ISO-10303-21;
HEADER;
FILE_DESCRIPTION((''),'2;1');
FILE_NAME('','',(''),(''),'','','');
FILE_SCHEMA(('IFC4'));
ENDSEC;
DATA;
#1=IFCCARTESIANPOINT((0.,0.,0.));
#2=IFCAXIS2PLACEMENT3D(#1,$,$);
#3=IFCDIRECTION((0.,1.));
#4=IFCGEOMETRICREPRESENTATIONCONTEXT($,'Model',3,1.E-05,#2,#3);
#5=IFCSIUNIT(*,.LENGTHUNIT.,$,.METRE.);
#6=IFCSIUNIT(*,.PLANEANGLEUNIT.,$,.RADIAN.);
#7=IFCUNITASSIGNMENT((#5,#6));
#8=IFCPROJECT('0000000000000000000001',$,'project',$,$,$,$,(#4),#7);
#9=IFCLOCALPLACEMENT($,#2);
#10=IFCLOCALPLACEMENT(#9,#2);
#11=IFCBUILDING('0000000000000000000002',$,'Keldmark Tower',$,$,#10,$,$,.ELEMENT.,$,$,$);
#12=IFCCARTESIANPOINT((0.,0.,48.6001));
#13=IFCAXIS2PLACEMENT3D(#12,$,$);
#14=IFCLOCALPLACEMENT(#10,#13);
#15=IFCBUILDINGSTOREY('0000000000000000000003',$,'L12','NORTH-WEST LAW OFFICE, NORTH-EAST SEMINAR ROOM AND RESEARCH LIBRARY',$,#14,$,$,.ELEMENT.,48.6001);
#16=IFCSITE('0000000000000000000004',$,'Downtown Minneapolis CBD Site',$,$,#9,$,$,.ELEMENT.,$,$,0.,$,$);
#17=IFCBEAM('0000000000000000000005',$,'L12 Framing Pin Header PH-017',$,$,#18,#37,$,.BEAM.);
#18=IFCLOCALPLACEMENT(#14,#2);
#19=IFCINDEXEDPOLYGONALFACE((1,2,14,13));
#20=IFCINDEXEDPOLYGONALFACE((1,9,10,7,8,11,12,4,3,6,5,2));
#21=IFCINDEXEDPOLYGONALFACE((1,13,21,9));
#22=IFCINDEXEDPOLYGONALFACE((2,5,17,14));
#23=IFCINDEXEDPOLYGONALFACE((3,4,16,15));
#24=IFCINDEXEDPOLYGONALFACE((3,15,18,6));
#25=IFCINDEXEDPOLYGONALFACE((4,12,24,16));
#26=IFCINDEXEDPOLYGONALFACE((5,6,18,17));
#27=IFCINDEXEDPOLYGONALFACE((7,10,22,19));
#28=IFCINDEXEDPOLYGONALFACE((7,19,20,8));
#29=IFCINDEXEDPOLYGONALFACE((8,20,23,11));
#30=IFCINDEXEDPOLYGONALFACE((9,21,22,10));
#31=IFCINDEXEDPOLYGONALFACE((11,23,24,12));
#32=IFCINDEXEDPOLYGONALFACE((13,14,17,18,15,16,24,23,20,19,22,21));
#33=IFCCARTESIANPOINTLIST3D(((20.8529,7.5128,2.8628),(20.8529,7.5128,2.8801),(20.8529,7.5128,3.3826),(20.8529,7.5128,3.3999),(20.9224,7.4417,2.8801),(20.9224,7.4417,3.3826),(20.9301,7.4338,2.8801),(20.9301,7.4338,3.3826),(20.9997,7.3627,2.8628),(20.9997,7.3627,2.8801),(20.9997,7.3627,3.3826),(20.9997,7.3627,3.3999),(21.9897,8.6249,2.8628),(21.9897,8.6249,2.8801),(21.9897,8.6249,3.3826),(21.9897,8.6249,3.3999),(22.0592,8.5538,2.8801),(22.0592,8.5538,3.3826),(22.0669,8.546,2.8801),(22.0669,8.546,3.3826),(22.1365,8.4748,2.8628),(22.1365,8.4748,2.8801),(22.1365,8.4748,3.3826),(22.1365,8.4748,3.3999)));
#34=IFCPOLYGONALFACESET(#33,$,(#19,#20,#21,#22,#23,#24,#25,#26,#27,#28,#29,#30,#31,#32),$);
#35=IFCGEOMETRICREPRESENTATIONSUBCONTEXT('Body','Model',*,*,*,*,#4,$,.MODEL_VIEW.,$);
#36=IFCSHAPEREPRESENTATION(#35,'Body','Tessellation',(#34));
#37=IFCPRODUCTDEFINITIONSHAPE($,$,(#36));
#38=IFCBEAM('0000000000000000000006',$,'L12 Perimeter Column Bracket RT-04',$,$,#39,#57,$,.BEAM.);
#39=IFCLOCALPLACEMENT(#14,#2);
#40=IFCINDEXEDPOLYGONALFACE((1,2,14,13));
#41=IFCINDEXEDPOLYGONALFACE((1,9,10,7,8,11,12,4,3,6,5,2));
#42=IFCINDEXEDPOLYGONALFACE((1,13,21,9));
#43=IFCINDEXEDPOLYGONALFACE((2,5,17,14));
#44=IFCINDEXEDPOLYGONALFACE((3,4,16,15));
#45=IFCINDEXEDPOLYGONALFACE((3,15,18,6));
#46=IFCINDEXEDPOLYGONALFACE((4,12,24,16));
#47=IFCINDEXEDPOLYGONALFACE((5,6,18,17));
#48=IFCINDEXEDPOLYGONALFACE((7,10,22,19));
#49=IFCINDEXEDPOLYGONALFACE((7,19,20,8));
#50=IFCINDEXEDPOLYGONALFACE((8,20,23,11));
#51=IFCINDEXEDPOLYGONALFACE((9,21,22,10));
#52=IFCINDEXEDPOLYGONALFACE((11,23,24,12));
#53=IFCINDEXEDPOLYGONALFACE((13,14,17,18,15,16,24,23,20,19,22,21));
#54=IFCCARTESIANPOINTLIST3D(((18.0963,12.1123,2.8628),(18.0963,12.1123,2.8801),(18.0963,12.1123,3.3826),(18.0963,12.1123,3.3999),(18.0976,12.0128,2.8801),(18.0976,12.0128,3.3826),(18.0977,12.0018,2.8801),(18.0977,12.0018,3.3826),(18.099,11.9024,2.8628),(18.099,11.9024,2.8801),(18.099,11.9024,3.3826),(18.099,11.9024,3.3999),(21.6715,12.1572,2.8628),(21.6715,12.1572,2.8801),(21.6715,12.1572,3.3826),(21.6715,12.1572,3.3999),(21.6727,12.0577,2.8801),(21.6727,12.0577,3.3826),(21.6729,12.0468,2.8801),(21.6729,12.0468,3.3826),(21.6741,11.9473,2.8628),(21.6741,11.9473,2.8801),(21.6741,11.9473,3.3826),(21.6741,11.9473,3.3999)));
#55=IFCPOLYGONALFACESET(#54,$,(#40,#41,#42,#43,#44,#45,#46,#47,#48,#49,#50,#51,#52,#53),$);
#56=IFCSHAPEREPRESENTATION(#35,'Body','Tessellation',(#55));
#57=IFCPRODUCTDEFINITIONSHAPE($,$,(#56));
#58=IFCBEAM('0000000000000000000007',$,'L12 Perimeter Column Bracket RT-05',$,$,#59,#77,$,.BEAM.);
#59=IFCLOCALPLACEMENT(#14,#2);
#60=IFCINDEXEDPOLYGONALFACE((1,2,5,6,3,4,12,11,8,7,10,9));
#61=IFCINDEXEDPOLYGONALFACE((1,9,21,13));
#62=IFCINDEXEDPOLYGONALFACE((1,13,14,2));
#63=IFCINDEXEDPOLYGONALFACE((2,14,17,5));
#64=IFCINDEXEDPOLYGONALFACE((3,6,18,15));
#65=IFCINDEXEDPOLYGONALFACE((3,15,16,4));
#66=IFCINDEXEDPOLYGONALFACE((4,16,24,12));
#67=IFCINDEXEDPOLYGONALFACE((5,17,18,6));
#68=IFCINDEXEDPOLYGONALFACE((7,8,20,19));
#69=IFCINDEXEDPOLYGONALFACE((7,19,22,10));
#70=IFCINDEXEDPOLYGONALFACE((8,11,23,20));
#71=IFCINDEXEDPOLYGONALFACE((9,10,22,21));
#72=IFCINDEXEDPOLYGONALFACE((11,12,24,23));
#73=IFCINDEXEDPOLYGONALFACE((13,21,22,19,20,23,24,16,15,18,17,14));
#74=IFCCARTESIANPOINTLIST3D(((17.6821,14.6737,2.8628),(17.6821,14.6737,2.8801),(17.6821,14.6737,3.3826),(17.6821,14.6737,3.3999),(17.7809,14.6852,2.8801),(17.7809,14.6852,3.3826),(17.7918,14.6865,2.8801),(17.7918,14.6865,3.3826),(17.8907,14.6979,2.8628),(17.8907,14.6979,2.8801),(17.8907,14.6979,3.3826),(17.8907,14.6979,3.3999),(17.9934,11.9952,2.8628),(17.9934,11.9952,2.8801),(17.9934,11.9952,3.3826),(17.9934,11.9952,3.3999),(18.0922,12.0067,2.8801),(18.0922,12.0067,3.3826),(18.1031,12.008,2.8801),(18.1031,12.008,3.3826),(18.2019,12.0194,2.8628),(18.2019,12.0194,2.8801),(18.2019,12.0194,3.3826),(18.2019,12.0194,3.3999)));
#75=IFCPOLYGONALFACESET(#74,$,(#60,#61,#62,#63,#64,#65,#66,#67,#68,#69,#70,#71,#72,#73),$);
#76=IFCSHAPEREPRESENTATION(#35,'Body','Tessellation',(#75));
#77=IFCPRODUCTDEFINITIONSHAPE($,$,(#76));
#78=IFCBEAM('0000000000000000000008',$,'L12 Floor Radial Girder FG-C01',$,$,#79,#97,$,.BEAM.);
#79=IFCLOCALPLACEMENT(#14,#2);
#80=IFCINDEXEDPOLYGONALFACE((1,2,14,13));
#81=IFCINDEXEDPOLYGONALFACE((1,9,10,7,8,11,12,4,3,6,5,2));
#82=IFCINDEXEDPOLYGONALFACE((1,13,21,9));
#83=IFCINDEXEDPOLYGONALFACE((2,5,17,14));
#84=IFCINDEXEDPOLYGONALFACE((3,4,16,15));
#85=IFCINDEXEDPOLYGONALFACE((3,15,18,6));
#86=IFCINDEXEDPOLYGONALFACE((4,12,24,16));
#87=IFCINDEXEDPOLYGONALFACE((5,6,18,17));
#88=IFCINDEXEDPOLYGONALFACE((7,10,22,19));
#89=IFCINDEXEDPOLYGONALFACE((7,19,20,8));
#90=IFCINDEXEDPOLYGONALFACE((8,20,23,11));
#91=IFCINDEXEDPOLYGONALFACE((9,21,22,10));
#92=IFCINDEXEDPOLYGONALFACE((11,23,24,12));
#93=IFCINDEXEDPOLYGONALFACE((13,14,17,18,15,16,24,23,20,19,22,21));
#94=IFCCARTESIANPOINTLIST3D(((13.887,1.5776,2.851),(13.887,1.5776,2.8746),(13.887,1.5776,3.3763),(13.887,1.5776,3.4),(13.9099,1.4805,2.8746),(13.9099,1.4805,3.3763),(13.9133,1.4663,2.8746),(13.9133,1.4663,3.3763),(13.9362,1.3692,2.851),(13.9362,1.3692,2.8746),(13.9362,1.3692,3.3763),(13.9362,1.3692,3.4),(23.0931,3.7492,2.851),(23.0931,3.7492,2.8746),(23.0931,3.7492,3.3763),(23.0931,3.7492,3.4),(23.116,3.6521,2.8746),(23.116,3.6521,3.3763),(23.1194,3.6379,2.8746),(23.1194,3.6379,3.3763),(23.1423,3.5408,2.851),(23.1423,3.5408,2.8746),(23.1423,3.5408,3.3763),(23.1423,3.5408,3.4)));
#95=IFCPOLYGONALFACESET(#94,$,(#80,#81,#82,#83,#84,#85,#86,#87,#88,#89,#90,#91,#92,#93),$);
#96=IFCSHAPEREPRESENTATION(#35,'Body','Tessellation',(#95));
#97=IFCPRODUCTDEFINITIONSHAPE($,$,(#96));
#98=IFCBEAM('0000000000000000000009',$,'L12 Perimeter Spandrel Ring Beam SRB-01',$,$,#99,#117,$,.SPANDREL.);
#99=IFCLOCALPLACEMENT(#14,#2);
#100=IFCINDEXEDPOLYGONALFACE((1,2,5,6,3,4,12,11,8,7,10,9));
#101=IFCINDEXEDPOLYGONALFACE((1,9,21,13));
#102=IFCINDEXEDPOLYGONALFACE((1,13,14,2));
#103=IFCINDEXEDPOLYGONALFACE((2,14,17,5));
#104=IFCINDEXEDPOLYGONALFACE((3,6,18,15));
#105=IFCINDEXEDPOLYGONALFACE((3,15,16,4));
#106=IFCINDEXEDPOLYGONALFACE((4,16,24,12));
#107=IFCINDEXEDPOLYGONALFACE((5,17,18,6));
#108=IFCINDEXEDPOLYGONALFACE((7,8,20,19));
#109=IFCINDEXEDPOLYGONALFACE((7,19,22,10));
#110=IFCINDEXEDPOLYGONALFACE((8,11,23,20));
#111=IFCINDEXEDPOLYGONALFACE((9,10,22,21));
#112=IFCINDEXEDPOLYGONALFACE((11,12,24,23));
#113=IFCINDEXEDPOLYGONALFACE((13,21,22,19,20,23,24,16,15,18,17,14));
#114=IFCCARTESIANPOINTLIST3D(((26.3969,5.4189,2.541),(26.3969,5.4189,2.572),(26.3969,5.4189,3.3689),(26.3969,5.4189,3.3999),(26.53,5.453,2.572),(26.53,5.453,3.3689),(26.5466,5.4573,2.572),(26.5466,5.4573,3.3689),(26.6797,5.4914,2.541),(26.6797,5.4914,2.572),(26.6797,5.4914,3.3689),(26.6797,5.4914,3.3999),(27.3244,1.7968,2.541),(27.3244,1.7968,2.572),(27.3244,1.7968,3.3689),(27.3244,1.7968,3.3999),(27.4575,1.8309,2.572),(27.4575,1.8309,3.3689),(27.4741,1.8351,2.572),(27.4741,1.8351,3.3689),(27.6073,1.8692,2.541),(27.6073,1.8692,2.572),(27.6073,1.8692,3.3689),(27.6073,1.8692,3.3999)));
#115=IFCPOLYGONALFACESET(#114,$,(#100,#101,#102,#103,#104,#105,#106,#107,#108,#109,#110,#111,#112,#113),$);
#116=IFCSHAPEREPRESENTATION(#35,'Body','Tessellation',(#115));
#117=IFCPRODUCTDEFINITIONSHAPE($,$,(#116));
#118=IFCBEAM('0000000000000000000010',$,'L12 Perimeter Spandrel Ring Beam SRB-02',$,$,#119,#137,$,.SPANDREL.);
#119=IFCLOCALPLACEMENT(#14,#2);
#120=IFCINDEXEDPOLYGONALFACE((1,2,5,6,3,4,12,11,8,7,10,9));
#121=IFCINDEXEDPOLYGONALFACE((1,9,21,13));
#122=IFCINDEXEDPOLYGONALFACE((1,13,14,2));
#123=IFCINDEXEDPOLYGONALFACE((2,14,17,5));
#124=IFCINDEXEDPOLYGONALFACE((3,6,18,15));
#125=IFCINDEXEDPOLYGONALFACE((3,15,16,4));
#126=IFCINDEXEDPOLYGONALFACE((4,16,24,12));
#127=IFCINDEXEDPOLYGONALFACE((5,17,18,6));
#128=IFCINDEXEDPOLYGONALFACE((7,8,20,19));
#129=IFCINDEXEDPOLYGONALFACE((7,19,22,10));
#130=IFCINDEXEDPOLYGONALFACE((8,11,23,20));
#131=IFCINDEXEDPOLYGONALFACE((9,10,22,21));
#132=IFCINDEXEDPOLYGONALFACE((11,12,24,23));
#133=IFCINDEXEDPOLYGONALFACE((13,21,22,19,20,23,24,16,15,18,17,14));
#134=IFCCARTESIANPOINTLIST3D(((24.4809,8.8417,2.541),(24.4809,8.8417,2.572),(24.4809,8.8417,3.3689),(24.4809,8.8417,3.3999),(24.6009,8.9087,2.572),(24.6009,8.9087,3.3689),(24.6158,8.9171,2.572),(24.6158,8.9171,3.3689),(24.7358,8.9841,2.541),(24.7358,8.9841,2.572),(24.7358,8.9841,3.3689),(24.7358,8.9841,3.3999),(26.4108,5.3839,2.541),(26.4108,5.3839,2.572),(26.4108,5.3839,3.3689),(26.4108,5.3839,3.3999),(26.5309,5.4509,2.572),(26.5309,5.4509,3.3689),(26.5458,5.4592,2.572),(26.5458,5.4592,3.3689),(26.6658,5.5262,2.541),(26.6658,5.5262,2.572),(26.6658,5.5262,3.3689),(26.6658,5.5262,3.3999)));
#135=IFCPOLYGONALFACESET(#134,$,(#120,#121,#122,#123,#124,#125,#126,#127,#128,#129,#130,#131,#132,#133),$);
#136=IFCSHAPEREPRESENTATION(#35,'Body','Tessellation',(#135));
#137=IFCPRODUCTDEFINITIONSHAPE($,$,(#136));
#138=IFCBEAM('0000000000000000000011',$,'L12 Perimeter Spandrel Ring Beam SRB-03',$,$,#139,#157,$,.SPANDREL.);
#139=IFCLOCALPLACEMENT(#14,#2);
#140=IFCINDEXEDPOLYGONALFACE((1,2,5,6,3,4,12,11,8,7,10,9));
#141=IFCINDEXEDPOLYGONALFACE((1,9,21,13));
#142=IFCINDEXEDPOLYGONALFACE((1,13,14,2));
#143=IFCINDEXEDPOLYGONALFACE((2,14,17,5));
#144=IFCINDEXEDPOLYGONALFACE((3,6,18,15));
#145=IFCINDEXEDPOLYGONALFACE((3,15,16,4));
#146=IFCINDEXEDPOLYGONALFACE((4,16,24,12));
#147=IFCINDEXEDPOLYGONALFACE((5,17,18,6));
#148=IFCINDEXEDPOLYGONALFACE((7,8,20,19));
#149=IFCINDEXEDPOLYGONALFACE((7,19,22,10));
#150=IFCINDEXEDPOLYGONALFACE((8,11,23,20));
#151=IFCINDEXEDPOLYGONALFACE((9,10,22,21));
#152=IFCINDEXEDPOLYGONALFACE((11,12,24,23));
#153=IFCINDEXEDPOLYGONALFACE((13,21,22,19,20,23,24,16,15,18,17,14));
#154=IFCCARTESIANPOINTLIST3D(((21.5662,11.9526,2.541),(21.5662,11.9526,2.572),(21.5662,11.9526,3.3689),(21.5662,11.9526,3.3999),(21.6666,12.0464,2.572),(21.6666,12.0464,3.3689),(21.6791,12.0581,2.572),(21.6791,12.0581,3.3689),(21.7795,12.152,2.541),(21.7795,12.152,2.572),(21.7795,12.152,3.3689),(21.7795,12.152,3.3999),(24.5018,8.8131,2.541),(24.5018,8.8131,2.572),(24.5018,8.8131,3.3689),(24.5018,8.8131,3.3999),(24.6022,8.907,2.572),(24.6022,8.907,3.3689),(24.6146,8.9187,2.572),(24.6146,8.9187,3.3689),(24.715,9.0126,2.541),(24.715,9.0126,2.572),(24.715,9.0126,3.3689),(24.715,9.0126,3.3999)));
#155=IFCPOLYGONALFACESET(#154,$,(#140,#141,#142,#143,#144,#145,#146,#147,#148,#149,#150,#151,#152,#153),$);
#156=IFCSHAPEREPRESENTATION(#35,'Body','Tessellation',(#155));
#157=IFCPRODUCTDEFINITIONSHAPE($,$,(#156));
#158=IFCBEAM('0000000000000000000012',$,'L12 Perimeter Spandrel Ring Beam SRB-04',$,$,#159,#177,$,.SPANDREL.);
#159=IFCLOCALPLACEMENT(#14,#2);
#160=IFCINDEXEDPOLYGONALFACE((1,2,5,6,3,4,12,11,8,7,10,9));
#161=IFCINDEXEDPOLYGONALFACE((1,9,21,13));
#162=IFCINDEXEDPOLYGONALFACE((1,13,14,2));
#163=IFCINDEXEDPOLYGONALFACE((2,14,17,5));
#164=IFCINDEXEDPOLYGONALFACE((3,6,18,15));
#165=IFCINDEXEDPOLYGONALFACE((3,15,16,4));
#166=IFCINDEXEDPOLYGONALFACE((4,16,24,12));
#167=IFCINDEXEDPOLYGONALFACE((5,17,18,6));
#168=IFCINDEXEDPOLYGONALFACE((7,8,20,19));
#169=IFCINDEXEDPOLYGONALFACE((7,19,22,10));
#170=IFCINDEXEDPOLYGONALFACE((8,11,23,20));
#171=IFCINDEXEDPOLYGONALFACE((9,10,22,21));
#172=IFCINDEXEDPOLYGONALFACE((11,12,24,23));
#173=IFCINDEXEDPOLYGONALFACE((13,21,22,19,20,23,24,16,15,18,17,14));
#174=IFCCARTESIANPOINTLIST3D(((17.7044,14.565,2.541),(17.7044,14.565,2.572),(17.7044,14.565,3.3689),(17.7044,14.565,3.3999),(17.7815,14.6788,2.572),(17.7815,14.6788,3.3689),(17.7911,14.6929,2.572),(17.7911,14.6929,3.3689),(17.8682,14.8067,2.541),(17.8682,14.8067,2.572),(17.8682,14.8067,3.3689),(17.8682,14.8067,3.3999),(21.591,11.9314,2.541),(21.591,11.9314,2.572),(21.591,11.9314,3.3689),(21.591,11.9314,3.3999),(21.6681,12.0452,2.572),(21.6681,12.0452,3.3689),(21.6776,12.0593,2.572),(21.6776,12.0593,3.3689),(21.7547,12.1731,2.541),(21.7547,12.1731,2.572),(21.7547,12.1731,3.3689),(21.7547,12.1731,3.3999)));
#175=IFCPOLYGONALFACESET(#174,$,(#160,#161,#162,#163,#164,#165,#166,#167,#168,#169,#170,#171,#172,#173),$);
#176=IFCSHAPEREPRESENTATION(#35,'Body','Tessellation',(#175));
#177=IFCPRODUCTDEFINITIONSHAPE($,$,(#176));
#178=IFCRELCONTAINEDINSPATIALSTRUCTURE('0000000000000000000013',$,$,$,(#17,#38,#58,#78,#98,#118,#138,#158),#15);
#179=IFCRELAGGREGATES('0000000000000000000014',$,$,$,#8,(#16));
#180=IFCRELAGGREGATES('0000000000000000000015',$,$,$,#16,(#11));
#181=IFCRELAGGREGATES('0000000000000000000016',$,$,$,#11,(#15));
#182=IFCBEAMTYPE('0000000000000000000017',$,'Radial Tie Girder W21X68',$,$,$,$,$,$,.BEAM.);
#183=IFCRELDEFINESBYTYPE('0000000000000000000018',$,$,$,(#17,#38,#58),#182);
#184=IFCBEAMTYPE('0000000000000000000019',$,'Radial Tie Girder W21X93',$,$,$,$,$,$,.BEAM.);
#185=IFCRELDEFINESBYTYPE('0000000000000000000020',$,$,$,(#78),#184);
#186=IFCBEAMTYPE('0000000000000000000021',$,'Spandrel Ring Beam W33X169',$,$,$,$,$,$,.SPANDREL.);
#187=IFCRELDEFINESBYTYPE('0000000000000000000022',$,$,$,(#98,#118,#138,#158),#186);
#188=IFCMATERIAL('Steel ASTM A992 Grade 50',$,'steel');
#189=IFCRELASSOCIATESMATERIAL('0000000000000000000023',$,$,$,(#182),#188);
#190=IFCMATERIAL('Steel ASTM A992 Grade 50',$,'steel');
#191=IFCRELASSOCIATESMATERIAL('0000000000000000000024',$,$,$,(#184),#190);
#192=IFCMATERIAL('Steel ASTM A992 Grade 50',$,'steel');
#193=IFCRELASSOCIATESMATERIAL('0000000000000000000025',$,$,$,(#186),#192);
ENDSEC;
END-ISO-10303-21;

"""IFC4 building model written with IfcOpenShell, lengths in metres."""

from ifc_helpers import new_model, si_unit, direction, frame, origin, origin_2d, place, context, subcontext, project, spatial, i_section, extrude, material, material_profile, profile_set, type_object, element, save


model = new_model("IFC4")

# Units and contexts
model_context = context("Model", 3, precision=1e-05, world=origin(), true_north=direction((0.0, 1.0)))
body_context = subcontext(model_context, "Body", "Model", "MODEL_VIEW")
ifc_project = project(units=[si_unit("LENGTHUNIT", "METRE"), si_unit("PLANEANGLEUNIT", "RADIAN")], contexts=[model_context])

# Site, building, storey
site_placement = place(None, origin())
site = spatial("IfcSite", under=ifc_project, at=site_placement, Name="Downtown Minneapolis CBD Site", CompositionType="ELEMENT", RefElevation=0.0)
building_placement = place(site_placement, origin())
building = spatial("IfcBuilding", under=site, at=building_placement, Name="Keldmark Tower", CompositionType="ELEMENT")
storey_placement = place(building_placement, frame((0.0, 0.0, 48.6001)))
storey = spatial("IfcBuildingStorey", under=building, at=storey_placement, Name="L12", Description="NORTH-WEST LAW OFFICE, NORTH-EAST SEMINAR ROOM AND RESEARCH LIBRARY", CompositionType="ELEMENT", Elevation=48.6001)

# Beams
ifc_material_1 = material(Name="Steel ASTM A992 Grade 50", Category="steel")
ifc_material_profile_1 = material_profile(ifc_material_1, i_section(OverallWidth=0.21, OverallDepth=0.5371, WebThickness=0.011, FlangeThickness=0.0173, at=origin_2d()), Name="W21X68")
ifc_profile_set_1 = profile_set([ifc_material_profile_1], Name="Steel ASTM A992 Grade 50")
beam_type_1 = type_object("IfcBeamType", Name="Radial Tie Girder W21X68", PredefinedType="BEAM", material=ifc_profile_set_1)
beam_1_placement = place(storey_placement, frame((20.9263, 7.4377, 3.1313), z_axis=(0.714817, 0.699311, 0.0), x_axis=(-0.699311, 0.714817, 0.0)))
element("IfcBeam", 1, at=beam_1_placement, inside=storey, type_object=beam_type_1, Name="L12 Framing Pin Header PH-017", PredefinedType="BEAM", context=body_context, shape_type="SweptSolid", body=[
    extrude(i_section(OverallWidth=0.21, OverallDepth=0.5371, WebThickness=0.011, FlangeThickness=0.0173, at=origin_2d()), origin(), (0.0, 0.0, 1.0), 1.5903),
])
beam_2_placement = place(storey_placement, frame((18.0977, 12.0073, 3.1313), z_axis=(0.999921, 0.012564, 0.0), x_axis=(-0.012564, 0.999921, 0.0)))
element("IfcBeam", 2, at=beam_2_placement, inside=storey, type_object=beam_type_1, Name="L12 Perimeter Column Bracket RT-04", PredefinedType="BEAM", context=body_context, shape_type="SweptSolid", body=[
    extrude(i_section(OverallWidth=0.21, OverallDepth=0.5371, WebThickness=0.011, FlangeThickness=0.0173, at=origin_2d()), origin(), (0.0, 0.0, 1.0), 3.5754),
])
beam_3_placement = place(storey_placement, frame((18.0977, 12.0073, 3.1313), z_axis=(-0.115439, 0.993315, 0.0), x_axis=(-0.993315, -0.115439, 0.0)))
element("IfcBeam", 3, at=beam_3_placement, inside=storey, type_object=beam_type_1, Name="L12 Perimeter Column Bracket RT-05", PredefinedType="BEAM", context=body_context, shape_type="SweptSolid", body=[
    extrude(i_section(OverallWidth=0.21, OverallDepth=0.5371, WebThickness=0.011, FlangeThickness=0.0173, at=origin_2d()), origin(), (0.0, 0.0, 1.0), 2.6965),
])
ifc_material_2 = material(Name="Steel ASTM A992 Grade 50", Category="steel")
ifc_material_profile_2 = material_profile(ifc_material_2, i_section(OverallWidth=0.2141, OverallDepth=0.5491, WebThickness=0.0146, FlangeThickness=0.0237, at=origin_2d()), Name="W21X93")
ifc_profile_set_2 = profile_set([ifc_material_profile_2], Name="Steel ASTM A992 Grade 50")
beam_type_2 = type_object("IfcBeamType", Name="Radial Tie Girder W21X93", PredefinedType="BEAM", material=ifc_profile_set_2)
beam_4_placement = place(storey_placement, frame((23.1177, 3.645, 3.1255), z_axis=(-0.973287, -0.22959, 0.0), x_axis=(0.22959, -0.973287, 0.0)))
element("IfcBeam", 4, at=beam_4_placement, inside=storey, type_object=beam_type_2, Name="L12 Floor Radial Girder FG-C01", PredefinedType="BEAM", context=body_context, shape_type="SweptSolid", body=[
    extrude(i_section(OverallWidth=0.2141, OverallDepth=0.5491, WebThickness=0.0146, FlangeThickness=0.0237, at=origin_2d()), origin(), (0.0, 0.0, 1.0), 9.4587),
])
ifc_material_3 = material(Name="Steel ASTM A992 Grade 50", Category="steel")
ifc_material_profile_3 = material_profile(ifc_material_3, i_section(OverallWidth=0.292, OverallDepth=0.8589, WebThickness=0.0171, FlangeThickness=0.031, at=origin_2d()), Name="W33X169")
ifc_profile_set_3 = profile_set([ifc_material_profile_3], Name="Steel ASTM A992 Grade 50")
beam_type_3 = type_object("IfcBeamType", Name="Spandrel Ring Beam W33X169", PredefinedType="SPANDREL", material=ifc_profile_set_3)
beam_5_placement = place(storey_placement, frame((27.4658, 1.833, 2.9705), z_axis=(-0.248063, 0.968744, 0.0), x_axis=(-0.968744, -0.248063, 0.0)))
element("IfcBeam", 5, at=beam_5_placement, inside=storey, type_object=beam_type_3, Name="L12 Perimeter Spandrel Ring Beam SRB-01", PredefinedType="SPANDREL", context=body_context, shape_type="SweptSolid", body=[
    extrude(i_section(OverallWidth=0.292, OverallDepth=0.8589, WebThickness=0.0171, FlangeThickness=0.031, at=origin_2d()), origin(), (0.0, 0.0, 1.0), 3.739),
])
beam_6_placement = place(storey_placement, frame((26.5383, 5.4551, 2.9705), z_axis=(-0.487369, 0.873196, 0.0), x_axis=(-0.873196, -0.487369, 0.0)))
element("IfcBeam", 6, at=beam_6_placement, inside=storey, type_object=beam_type_3, Name="L12 Perimeter Spandrel Ring Beam SRB-02", PredefinedType="SPANDREL", context=body_context, shape_type="SweptSolid", body=[
    extrude(i_section(OverallWidth=0.292, OverallDepth=0.8589, WebThickness=0.0171, FlangeThickness=0.031, at=origin_2d()), origin(), (0.0, 0.0, 1.0), 3.96),
])
beam_7_placement = place(storey_placement, frame((24.6084, 8.9128, 2.9705), z_axis=(-0.682994, 0.730424, 0.0), x_axis=(-0.730424, -0.682994, 0.0)))
element("IfcBeam", 7, at=beam_7_placement, inside=storey, type_object=beam_type_3, Name="L12 Perimeter Spandrel Ring Beam SRB-03", PredefinedType="SPANDREL", context=body_context, shape_type="SweptSolid", body=[
    extrude(i_section(OverallWidth=0.292, OverallDepth=0.8589, WebThickness=0.0171, FlangeThickness=0.031, at=origin_2d()), origin(), (0.0, 0.0, 1.0), 4.2981),
])
beam_8_placement = place(storey_placement, frame((21.6729, 12.0522, 2.9705), z_axis=(-0.827842, 0.560961, 0.0), x_axis=(-0.560961, -0.827842, 0.0)))
element("IfcBeam", 8, at=beam_8_placement, inside=storey, type_object=beam_type_3, Name="L12 Perimeter Spandrel Ring Beam SRB-04", PredefinedType="SPANDREL", context=body_context, shape_type="SweptSolid", body=[
    extrude(i_section(OverallWidth=0.292, OverallDepth=0.8589, WebThickness=0.0171, FlangeThickness=0.031, at=origin_2d()), origin(), (0.0, 0.0, 1.0), 4.6948),
])

save(model, "model.ifc")
